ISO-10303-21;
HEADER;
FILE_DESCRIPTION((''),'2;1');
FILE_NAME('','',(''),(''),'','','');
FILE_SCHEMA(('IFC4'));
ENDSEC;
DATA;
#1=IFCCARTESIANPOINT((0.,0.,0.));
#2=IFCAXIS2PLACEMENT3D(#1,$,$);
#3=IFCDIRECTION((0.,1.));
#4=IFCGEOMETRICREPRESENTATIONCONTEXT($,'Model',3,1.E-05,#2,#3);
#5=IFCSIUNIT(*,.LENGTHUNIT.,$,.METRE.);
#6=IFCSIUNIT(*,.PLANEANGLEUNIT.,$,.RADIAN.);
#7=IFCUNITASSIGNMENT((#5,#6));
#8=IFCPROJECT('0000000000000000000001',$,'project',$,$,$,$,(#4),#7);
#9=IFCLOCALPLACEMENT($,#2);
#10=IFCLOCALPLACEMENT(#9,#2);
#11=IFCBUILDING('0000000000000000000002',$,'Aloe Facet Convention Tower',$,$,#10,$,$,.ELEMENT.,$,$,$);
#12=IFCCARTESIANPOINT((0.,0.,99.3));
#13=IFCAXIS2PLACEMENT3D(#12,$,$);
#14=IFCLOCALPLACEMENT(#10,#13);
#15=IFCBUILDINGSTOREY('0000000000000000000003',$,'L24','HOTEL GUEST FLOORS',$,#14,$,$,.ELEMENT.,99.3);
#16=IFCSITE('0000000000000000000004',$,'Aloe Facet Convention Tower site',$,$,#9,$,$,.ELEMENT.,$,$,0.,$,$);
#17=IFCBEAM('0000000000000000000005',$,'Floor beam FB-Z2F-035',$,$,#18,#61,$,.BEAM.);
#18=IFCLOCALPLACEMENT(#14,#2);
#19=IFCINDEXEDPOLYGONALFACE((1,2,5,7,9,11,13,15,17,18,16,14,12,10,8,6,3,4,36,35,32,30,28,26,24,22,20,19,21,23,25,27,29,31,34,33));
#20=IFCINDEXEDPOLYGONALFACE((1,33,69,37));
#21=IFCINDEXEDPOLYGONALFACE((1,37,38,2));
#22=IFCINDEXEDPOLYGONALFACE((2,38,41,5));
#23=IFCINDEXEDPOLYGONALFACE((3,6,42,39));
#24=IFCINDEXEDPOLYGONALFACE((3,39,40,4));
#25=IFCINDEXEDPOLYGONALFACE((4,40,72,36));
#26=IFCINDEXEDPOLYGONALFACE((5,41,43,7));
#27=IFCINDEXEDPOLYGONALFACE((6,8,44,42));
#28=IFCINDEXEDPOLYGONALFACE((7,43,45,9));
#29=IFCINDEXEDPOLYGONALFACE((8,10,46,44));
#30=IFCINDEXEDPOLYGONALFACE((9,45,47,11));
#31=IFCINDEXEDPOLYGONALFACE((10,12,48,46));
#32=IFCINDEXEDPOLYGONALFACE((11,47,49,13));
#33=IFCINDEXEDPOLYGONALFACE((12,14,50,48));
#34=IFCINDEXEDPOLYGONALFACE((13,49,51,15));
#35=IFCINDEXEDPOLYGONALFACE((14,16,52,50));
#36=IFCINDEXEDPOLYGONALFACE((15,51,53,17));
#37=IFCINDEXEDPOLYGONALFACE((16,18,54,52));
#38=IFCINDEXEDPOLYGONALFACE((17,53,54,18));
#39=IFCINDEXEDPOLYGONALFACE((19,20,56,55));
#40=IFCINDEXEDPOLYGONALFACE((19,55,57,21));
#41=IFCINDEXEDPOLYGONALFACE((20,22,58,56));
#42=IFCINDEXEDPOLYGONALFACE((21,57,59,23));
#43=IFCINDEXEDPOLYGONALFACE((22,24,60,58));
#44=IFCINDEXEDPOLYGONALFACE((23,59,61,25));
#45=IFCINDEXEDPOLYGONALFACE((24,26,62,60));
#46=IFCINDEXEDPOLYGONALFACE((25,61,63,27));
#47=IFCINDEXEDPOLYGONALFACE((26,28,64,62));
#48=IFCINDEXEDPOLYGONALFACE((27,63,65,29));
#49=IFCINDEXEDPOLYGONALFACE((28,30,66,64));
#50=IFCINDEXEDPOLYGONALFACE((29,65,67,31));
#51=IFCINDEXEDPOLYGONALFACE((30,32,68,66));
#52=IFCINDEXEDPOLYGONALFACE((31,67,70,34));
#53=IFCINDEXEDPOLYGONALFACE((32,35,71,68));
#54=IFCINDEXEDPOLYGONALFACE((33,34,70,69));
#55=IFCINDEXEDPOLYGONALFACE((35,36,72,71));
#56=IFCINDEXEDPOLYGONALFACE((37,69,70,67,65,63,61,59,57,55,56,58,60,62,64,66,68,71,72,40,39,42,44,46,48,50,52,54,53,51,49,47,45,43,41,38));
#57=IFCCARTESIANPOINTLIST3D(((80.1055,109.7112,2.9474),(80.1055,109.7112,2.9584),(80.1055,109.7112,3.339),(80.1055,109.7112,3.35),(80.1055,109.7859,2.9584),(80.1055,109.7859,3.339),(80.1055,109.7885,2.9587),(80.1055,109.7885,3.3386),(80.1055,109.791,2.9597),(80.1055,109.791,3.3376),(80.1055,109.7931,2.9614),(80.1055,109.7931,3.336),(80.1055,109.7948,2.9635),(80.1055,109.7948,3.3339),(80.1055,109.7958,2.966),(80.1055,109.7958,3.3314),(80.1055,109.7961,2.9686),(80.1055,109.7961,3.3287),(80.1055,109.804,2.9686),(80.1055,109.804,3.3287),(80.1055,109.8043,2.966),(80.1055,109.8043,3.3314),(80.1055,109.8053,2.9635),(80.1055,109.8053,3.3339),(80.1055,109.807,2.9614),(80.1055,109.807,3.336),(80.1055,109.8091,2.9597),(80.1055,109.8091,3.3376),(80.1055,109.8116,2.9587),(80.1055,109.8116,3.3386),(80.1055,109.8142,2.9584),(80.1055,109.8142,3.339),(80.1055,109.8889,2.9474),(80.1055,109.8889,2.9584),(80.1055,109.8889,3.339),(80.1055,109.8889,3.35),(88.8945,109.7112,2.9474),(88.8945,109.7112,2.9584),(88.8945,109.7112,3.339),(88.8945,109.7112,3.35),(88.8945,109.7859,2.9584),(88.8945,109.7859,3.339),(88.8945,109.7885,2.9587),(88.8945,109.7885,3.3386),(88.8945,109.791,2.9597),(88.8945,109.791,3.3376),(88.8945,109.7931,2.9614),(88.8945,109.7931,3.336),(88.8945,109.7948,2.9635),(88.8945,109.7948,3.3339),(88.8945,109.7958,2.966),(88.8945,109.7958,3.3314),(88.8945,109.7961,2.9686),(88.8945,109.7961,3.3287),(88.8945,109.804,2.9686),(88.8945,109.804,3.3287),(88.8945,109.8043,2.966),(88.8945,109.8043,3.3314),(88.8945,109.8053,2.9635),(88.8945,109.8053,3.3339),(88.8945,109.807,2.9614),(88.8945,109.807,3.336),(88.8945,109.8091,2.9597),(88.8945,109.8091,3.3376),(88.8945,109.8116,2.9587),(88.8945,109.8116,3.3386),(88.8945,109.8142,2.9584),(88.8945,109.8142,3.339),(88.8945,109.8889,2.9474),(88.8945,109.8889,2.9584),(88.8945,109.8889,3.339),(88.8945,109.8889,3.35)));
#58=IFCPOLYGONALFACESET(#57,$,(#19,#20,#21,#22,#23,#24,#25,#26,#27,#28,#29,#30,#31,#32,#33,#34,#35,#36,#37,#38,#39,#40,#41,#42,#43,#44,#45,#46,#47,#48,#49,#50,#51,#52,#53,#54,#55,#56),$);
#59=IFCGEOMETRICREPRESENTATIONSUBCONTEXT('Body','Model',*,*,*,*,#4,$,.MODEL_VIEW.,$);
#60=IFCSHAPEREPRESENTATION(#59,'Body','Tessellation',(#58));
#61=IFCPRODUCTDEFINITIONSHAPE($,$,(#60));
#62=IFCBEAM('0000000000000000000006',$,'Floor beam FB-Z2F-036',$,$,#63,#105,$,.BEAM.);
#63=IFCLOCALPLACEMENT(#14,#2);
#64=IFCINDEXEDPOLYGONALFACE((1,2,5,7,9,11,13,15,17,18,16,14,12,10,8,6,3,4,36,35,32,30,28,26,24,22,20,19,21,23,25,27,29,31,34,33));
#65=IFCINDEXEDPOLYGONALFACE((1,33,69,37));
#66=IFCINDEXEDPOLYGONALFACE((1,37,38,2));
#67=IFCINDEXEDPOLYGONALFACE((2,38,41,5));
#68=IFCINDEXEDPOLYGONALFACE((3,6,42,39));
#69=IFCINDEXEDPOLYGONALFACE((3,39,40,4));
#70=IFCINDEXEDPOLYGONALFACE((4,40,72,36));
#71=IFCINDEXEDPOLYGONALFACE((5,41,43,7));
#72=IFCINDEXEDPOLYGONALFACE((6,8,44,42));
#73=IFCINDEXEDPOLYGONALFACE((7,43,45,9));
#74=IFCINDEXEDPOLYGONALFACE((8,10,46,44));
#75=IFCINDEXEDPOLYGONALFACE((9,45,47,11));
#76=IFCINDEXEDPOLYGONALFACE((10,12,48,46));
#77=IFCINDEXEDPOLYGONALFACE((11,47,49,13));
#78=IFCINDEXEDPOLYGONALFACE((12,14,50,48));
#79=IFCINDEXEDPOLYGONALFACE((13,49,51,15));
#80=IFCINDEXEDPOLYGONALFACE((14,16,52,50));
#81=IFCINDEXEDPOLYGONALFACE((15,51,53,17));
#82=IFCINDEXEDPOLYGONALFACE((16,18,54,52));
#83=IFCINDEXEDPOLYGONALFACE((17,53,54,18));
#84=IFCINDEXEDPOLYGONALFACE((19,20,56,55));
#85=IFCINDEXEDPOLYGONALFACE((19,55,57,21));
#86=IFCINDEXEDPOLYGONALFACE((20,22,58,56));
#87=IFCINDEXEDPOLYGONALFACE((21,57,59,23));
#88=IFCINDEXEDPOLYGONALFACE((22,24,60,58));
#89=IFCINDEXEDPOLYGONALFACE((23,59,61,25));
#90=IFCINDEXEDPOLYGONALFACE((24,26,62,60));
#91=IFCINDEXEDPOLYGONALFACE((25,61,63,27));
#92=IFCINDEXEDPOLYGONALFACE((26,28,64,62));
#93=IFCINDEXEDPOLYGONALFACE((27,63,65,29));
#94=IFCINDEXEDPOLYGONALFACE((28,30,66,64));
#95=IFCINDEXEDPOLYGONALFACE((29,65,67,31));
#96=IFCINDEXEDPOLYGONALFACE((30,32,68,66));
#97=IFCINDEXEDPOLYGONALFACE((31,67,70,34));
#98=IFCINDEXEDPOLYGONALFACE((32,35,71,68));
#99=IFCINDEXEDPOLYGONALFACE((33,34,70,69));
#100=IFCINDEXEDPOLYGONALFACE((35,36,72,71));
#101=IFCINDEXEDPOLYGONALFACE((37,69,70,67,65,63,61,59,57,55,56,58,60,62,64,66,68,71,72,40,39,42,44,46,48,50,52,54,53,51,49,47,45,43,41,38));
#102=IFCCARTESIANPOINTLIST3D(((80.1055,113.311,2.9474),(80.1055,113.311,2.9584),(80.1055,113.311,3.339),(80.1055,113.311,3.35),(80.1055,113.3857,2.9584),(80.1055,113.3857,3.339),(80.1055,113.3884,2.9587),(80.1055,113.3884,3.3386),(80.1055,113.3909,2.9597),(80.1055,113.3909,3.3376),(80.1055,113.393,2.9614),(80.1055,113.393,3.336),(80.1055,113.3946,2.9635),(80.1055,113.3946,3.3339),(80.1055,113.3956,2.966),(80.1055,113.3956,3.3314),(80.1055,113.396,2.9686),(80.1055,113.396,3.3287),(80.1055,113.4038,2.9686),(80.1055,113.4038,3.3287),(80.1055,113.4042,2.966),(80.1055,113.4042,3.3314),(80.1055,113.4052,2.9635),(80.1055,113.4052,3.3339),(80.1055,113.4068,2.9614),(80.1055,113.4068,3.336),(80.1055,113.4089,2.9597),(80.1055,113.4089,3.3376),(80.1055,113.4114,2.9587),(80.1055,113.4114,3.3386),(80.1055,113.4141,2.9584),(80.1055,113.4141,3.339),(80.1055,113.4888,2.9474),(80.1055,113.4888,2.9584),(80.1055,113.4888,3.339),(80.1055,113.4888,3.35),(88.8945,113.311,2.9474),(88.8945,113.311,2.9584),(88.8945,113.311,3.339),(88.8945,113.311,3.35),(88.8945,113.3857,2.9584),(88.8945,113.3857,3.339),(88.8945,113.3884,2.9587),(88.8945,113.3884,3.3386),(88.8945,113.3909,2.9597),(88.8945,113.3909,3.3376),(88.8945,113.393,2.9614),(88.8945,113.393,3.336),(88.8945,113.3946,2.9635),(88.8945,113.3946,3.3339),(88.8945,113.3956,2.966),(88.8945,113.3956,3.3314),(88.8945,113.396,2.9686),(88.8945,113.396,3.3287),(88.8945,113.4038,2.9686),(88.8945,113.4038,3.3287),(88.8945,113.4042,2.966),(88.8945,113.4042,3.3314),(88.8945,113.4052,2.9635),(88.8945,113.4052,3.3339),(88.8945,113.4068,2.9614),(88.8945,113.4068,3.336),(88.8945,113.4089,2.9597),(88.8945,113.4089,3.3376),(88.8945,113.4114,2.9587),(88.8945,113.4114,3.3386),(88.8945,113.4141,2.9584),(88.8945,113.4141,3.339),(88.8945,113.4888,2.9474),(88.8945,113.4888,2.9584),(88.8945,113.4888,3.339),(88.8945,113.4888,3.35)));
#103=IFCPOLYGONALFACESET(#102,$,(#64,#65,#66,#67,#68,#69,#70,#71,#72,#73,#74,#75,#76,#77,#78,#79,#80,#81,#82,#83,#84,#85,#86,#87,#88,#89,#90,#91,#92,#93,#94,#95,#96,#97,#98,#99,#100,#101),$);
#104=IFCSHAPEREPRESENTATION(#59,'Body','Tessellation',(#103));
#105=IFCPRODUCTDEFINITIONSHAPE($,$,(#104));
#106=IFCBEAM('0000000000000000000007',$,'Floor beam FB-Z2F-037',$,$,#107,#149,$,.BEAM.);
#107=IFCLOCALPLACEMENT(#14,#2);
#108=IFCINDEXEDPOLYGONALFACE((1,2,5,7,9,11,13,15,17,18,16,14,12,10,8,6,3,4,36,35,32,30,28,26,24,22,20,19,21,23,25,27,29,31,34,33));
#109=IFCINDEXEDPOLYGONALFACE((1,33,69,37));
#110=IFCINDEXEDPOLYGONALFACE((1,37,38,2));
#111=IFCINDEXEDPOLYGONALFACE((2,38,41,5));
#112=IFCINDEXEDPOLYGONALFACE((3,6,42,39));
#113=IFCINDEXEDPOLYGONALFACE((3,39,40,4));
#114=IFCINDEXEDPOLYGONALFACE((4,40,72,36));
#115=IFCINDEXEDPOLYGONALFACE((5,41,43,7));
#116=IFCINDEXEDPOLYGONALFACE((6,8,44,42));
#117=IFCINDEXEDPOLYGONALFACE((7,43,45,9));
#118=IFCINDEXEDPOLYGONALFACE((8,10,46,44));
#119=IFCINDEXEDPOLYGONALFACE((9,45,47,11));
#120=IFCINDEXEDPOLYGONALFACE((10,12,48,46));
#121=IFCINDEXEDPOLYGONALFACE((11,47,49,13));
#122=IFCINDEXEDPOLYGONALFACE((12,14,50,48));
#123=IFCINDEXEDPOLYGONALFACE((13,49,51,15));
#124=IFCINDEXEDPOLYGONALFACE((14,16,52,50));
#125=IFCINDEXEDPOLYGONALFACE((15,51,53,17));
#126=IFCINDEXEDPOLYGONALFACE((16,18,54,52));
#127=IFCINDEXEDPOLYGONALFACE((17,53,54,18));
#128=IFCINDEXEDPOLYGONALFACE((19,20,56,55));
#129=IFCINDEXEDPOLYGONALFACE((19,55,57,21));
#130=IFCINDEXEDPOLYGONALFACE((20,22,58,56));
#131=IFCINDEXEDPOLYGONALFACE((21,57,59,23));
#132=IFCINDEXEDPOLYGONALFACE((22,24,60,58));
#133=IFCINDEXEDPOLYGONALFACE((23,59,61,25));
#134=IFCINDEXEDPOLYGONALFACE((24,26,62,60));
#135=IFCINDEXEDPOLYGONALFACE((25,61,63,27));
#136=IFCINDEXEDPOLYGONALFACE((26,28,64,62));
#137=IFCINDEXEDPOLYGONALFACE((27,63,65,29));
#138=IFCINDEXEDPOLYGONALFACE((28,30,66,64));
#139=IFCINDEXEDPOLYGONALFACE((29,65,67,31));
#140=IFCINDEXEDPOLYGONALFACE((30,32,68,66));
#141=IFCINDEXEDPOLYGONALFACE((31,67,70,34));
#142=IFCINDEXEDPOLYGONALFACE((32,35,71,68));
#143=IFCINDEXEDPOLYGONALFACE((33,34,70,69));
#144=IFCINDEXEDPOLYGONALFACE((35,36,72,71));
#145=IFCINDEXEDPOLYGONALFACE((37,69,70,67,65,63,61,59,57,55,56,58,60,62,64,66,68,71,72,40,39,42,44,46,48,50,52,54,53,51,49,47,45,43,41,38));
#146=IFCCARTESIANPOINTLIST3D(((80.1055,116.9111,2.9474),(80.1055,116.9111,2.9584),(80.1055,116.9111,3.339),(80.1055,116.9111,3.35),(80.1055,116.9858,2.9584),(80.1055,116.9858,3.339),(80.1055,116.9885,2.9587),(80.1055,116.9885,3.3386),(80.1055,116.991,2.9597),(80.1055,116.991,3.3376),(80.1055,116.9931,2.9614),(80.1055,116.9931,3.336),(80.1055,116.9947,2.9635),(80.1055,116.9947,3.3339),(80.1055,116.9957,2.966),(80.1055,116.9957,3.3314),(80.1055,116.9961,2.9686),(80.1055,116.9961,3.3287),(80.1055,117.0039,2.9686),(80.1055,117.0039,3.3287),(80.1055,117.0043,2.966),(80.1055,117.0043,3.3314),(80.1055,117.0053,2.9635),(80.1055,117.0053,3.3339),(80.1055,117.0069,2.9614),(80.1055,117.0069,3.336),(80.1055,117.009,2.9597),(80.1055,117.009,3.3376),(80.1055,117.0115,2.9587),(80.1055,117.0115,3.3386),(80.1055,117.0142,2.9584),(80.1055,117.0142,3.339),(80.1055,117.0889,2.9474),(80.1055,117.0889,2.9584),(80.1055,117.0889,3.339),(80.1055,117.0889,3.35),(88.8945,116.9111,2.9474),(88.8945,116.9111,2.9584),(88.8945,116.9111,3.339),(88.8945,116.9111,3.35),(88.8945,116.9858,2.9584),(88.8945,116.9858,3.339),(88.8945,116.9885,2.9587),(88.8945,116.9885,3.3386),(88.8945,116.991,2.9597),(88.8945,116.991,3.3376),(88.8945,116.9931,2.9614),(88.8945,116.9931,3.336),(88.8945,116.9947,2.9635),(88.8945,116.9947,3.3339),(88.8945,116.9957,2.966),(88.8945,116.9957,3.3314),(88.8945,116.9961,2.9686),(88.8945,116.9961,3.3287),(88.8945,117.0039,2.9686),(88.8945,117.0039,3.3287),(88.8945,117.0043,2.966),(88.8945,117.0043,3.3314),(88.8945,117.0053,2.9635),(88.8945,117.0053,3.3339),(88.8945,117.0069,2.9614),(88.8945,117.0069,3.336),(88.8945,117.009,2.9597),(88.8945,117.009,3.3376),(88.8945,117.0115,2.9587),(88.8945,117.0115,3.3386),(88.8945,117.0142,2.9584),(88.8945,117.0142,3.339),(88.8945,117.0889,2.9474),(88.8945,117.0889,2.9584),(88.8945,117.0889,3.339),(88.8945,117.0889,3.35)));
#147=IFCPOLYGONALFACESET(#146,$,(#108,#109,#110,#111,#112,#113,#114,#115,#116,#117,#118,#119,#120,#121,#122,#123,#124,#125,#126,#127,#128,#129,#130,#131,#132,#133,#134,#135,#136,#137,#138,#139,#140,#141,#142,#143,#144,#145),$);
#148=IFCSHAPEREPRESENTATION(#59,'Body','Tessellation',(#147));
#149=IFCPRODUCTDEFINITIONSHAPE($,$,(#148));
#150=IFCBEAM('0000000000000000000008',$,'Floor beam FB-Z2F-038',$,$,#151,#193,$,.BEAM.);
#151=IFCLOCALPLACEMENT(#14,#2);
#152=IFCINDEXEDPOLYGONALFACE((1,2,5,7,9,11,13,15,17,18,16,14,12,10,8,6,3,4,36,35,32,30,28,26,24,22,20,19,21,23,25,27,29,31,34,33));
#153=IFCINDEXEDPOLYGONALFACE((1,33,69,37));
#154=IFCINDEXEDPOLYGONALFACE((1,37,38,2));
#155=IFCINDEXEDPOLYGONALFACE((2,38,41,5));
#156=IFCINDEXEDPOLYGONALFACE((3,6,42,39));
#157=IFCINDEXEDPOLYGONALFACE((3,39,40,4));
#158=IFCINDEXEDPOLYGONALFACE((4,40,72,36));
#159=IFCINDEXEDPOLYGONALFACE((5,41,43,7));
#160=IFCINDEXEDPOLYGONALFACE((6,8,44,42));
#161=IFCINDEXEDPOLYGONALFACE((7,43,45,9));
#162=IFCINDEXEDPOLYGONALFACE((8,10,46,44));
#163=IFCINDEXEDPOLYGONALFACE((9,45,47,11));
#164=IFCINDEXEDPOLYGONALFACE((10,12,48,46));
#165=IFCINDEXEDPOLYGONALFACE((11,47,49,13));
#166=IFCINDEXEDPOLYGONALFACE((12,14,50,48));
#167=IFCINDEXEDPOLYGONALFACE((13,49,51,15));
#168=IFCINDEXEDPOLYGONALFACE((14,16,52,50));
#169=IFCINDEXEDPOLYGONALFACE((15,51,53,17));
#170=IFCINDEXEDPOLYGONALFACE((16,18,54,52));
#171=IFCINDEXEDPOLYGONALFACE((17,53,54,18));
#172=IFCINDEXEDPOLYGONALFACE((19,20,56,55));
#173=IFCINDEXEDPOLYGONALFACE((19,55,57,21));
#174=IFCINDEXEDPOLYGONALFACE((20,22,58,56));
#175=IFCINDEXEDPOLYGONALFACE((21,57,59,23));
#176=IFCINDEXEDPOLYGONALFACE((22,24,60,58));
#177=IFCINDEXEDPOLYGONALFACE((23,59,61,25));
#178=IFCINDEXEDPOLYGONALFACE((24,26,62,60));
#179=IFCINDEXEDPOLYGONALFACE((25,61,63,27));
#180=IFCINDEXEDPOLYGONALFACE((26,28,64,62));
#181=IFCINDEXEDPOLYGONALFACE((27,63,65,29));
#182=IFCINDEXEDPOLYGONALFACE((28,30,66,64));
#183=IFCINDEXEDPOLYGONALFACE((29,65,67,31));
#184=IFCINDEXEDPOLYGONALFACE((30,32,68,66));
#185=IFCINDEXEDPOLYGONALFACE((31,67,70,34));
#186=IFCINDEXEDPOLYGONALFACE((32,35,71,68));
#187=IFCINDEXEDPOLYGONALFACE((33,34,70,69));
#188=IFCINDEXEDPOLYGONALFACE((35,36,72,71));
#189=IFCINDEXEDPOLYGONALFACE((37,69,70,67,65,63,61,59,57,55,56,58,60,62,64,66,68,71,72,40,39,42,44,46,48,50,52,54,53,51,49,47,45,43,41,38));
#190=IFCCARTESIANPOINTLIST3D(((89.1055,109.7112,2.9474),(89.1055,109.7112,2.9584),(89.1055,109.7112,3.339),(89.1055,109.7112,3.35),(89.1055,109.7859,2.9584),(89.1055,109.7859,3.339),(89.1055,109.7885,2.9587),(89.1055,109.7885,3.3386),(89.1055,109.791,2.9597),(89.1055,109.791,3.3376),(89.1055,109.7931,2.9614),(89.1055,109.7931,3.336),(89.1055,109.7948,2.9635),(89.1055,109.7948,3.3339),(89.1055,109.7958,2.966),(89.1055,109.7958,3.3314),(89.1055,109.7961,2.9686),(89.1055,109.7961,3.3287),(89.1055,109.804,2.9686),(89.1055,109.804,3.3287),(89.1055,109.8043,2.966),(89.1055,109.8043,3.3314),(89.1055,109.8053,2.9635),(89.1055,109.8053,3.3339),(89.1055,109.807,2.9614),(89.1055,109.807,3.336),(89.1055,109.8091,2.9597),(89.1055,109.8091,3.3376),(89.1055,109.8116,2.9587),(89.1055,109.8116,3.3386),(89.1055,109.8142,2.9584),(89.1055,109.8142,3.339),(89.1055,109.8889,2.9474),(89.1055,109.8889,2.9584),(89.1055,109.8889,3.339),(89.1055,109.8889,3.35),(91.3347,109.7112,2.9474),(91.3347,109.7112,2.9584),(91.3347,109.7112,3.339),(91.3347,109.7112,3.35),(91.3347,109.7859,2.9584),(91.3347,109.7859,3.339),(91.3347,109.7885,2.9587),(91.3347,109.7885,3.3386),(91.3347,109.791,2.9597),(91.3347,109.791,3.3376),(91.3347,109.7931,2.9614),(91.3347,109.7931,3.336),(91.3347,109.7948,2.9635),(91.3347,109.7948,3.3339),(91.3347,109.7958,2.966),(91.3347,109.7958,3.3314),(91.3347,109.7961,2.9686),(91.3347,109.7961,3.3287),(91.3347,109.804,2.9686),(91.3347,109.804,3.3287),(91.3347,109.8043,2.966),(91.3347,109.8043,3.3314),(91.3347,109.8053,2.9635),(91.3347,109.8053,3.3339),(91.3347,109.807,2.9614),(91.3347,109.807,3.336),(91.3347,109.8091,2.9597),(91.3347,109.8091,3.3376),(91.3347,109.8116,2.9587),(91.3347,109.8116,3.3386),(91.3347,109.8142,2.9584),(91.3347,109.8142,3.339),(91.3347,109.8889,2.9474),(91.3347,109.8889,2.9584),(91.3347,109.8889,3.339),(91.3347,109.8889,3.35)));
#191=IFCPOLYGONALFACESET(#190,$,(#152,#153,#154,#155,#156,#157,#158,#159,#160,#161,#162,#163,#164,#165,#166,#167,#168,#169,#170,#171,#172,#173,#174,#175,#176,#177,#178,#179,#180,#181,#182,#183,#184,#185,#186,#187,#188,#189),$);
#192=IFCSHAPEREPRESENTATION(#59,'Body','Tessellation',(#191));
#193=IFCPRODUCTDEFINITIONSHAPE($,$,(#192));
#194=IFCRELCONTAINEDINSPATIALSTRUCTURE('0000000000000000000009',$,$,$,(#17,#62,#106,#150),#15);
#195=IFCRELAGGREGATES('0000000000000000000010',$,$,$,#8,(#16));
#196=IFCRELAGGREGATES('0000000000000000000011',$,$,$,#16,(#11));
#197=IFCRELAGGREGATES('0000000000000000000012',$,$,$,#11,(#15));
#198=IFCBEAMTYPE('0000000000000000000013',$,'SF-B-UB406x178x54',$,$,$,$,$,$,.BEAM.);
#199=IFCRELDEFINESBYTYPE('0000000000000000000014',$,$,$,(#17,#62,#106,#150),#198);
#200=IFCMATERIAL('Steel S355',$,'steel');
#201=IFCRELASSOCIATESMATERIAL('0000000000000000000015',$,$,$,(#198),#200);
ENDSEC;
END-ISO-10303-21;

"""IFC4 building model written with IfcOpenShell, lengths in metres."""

from ifc_helpers import new_model, si_unit, direction, frame, origin, origin_2d, place, context, subcontext, project, spatial, i_section, extrude, material, material_profile, profile_set, type_object, element, save


model = new_model("IFC4")

# Units and contexts
model_context = context("Model", 3, precision=1e-05, world=origin(), true_north=direction((0.0, 1.0)))
body_context = subcontext(model_context, "Body", "Model", "MODEL_VIEW")
ifc_project = project(units=[si_unit("LENGTHUNIT", "METRE"), si_unit("PLANEANGLEUNIT", "RADIAN")], contexts=[model_context])

# Site, building, storey
site_placement = place(None, origin())
site = spatial("IfcSite", under=ifc_project, at=site_placement, Name="Aloe Facet Convention Tower site", CompositionType="ELEMENT", RefElevation=0.0)
building_placement = place(site_placement, origin())
building = spatial("IfcBuilding", under=site, at=building_placement, Name="Aloe Facet Convention Tower", CompositionType="ELEMENT")
storey_placement = place(building_placement, frame((0.0, 0.0, 99.3)))
storey = spatial("IfcBuildingStorey", under=building, at=storey_placement, Name="L24", Description="HOTEL GUEST FLOORS", CompositionType="ELEMENT", Elevation=99.3)

# Beams
ifc_material_1 = material(Name="Steel S355", Category="steel")
ifc_material_profile_1 = material_profile(ifc_material_1, i_section(OverallWidth=0.1777, OverallDepth=0.4026, WebThickness=0.0078, FlangeThickness=0.011, FilletRadius=0.0103, at=origin_2d()), Name="UB 406x178x54")
ifc_profile_set_1 = profile_set([ifc_material_profile_1], Name="Steel S355")
beam_type_1 = type_object("IfcBeamType", Name="SF-B-UB406x178x54", PredefinedType="BEAM", material=ifc_profile_set_1)
for number, where, z_axis, x_axis, name in (
    (1, (80.1055, 109.8, 3.1487), (1.0, 0.0, 0.0), (0.0, 1.0, 0.0), "Floor beam FB-Z2F-035"),
    (2, (80.1055, 113.3999, 3.1487), (1.0, 0.0, 0.0), (0.0, 1.0, 0.0), "Floor beam FB-Z2F-036"),
    (3, (80.1055, 117.0, 3.1487), (1.0, 0.0, 0.0), (0.0, 1.0, 0.0), "Floor beam FB-Z2F-037"),
):
    element("IfcBeam", number, at=place(storey_placement, frame(where, z_axis=z_axis, x_axis=x_axis)), inside=storey, type_object=beam_type_1, Name=name, PredefinedType="BEAM", context=body_context, shape_type="SweptSolid", body=[
        extrude(i_section(OverallWidth=0.1777, OverallDepth=0.4026, WebThickness=0.0078, FlangeThickness=0.011, FilletRadius=0.0103, at=origin_2d()), origin(), (0.0, 0.0, 1.0), 8.7891),
    ])
beam_1_placement = place(storey_placement, frame((89.1055, 109.8, 3.1487), z_axis=(1.0, 0.0, 0.0), x_axis=(0.0, 1.0, 0.0)))
element("IfcBeam", 4, at=beam_1_placement, inside=storey, type_object=beam_type_1, Name="Floor beam FB-Z2F-038", PredefinedType="BEAM", context=body_context, shape_type="SweptSolid", body=[
    extrude(i_section(OverallWidth=0.1777, OverallDepth=0.4026, WebThickness=0.0078, FlangeThickness=0.011, FilletRadius=0.0103, at=origin_2d()), origin(), (0.0, 0.0, 1.0), 2.2292),
])

save(model, "model.ifc")
